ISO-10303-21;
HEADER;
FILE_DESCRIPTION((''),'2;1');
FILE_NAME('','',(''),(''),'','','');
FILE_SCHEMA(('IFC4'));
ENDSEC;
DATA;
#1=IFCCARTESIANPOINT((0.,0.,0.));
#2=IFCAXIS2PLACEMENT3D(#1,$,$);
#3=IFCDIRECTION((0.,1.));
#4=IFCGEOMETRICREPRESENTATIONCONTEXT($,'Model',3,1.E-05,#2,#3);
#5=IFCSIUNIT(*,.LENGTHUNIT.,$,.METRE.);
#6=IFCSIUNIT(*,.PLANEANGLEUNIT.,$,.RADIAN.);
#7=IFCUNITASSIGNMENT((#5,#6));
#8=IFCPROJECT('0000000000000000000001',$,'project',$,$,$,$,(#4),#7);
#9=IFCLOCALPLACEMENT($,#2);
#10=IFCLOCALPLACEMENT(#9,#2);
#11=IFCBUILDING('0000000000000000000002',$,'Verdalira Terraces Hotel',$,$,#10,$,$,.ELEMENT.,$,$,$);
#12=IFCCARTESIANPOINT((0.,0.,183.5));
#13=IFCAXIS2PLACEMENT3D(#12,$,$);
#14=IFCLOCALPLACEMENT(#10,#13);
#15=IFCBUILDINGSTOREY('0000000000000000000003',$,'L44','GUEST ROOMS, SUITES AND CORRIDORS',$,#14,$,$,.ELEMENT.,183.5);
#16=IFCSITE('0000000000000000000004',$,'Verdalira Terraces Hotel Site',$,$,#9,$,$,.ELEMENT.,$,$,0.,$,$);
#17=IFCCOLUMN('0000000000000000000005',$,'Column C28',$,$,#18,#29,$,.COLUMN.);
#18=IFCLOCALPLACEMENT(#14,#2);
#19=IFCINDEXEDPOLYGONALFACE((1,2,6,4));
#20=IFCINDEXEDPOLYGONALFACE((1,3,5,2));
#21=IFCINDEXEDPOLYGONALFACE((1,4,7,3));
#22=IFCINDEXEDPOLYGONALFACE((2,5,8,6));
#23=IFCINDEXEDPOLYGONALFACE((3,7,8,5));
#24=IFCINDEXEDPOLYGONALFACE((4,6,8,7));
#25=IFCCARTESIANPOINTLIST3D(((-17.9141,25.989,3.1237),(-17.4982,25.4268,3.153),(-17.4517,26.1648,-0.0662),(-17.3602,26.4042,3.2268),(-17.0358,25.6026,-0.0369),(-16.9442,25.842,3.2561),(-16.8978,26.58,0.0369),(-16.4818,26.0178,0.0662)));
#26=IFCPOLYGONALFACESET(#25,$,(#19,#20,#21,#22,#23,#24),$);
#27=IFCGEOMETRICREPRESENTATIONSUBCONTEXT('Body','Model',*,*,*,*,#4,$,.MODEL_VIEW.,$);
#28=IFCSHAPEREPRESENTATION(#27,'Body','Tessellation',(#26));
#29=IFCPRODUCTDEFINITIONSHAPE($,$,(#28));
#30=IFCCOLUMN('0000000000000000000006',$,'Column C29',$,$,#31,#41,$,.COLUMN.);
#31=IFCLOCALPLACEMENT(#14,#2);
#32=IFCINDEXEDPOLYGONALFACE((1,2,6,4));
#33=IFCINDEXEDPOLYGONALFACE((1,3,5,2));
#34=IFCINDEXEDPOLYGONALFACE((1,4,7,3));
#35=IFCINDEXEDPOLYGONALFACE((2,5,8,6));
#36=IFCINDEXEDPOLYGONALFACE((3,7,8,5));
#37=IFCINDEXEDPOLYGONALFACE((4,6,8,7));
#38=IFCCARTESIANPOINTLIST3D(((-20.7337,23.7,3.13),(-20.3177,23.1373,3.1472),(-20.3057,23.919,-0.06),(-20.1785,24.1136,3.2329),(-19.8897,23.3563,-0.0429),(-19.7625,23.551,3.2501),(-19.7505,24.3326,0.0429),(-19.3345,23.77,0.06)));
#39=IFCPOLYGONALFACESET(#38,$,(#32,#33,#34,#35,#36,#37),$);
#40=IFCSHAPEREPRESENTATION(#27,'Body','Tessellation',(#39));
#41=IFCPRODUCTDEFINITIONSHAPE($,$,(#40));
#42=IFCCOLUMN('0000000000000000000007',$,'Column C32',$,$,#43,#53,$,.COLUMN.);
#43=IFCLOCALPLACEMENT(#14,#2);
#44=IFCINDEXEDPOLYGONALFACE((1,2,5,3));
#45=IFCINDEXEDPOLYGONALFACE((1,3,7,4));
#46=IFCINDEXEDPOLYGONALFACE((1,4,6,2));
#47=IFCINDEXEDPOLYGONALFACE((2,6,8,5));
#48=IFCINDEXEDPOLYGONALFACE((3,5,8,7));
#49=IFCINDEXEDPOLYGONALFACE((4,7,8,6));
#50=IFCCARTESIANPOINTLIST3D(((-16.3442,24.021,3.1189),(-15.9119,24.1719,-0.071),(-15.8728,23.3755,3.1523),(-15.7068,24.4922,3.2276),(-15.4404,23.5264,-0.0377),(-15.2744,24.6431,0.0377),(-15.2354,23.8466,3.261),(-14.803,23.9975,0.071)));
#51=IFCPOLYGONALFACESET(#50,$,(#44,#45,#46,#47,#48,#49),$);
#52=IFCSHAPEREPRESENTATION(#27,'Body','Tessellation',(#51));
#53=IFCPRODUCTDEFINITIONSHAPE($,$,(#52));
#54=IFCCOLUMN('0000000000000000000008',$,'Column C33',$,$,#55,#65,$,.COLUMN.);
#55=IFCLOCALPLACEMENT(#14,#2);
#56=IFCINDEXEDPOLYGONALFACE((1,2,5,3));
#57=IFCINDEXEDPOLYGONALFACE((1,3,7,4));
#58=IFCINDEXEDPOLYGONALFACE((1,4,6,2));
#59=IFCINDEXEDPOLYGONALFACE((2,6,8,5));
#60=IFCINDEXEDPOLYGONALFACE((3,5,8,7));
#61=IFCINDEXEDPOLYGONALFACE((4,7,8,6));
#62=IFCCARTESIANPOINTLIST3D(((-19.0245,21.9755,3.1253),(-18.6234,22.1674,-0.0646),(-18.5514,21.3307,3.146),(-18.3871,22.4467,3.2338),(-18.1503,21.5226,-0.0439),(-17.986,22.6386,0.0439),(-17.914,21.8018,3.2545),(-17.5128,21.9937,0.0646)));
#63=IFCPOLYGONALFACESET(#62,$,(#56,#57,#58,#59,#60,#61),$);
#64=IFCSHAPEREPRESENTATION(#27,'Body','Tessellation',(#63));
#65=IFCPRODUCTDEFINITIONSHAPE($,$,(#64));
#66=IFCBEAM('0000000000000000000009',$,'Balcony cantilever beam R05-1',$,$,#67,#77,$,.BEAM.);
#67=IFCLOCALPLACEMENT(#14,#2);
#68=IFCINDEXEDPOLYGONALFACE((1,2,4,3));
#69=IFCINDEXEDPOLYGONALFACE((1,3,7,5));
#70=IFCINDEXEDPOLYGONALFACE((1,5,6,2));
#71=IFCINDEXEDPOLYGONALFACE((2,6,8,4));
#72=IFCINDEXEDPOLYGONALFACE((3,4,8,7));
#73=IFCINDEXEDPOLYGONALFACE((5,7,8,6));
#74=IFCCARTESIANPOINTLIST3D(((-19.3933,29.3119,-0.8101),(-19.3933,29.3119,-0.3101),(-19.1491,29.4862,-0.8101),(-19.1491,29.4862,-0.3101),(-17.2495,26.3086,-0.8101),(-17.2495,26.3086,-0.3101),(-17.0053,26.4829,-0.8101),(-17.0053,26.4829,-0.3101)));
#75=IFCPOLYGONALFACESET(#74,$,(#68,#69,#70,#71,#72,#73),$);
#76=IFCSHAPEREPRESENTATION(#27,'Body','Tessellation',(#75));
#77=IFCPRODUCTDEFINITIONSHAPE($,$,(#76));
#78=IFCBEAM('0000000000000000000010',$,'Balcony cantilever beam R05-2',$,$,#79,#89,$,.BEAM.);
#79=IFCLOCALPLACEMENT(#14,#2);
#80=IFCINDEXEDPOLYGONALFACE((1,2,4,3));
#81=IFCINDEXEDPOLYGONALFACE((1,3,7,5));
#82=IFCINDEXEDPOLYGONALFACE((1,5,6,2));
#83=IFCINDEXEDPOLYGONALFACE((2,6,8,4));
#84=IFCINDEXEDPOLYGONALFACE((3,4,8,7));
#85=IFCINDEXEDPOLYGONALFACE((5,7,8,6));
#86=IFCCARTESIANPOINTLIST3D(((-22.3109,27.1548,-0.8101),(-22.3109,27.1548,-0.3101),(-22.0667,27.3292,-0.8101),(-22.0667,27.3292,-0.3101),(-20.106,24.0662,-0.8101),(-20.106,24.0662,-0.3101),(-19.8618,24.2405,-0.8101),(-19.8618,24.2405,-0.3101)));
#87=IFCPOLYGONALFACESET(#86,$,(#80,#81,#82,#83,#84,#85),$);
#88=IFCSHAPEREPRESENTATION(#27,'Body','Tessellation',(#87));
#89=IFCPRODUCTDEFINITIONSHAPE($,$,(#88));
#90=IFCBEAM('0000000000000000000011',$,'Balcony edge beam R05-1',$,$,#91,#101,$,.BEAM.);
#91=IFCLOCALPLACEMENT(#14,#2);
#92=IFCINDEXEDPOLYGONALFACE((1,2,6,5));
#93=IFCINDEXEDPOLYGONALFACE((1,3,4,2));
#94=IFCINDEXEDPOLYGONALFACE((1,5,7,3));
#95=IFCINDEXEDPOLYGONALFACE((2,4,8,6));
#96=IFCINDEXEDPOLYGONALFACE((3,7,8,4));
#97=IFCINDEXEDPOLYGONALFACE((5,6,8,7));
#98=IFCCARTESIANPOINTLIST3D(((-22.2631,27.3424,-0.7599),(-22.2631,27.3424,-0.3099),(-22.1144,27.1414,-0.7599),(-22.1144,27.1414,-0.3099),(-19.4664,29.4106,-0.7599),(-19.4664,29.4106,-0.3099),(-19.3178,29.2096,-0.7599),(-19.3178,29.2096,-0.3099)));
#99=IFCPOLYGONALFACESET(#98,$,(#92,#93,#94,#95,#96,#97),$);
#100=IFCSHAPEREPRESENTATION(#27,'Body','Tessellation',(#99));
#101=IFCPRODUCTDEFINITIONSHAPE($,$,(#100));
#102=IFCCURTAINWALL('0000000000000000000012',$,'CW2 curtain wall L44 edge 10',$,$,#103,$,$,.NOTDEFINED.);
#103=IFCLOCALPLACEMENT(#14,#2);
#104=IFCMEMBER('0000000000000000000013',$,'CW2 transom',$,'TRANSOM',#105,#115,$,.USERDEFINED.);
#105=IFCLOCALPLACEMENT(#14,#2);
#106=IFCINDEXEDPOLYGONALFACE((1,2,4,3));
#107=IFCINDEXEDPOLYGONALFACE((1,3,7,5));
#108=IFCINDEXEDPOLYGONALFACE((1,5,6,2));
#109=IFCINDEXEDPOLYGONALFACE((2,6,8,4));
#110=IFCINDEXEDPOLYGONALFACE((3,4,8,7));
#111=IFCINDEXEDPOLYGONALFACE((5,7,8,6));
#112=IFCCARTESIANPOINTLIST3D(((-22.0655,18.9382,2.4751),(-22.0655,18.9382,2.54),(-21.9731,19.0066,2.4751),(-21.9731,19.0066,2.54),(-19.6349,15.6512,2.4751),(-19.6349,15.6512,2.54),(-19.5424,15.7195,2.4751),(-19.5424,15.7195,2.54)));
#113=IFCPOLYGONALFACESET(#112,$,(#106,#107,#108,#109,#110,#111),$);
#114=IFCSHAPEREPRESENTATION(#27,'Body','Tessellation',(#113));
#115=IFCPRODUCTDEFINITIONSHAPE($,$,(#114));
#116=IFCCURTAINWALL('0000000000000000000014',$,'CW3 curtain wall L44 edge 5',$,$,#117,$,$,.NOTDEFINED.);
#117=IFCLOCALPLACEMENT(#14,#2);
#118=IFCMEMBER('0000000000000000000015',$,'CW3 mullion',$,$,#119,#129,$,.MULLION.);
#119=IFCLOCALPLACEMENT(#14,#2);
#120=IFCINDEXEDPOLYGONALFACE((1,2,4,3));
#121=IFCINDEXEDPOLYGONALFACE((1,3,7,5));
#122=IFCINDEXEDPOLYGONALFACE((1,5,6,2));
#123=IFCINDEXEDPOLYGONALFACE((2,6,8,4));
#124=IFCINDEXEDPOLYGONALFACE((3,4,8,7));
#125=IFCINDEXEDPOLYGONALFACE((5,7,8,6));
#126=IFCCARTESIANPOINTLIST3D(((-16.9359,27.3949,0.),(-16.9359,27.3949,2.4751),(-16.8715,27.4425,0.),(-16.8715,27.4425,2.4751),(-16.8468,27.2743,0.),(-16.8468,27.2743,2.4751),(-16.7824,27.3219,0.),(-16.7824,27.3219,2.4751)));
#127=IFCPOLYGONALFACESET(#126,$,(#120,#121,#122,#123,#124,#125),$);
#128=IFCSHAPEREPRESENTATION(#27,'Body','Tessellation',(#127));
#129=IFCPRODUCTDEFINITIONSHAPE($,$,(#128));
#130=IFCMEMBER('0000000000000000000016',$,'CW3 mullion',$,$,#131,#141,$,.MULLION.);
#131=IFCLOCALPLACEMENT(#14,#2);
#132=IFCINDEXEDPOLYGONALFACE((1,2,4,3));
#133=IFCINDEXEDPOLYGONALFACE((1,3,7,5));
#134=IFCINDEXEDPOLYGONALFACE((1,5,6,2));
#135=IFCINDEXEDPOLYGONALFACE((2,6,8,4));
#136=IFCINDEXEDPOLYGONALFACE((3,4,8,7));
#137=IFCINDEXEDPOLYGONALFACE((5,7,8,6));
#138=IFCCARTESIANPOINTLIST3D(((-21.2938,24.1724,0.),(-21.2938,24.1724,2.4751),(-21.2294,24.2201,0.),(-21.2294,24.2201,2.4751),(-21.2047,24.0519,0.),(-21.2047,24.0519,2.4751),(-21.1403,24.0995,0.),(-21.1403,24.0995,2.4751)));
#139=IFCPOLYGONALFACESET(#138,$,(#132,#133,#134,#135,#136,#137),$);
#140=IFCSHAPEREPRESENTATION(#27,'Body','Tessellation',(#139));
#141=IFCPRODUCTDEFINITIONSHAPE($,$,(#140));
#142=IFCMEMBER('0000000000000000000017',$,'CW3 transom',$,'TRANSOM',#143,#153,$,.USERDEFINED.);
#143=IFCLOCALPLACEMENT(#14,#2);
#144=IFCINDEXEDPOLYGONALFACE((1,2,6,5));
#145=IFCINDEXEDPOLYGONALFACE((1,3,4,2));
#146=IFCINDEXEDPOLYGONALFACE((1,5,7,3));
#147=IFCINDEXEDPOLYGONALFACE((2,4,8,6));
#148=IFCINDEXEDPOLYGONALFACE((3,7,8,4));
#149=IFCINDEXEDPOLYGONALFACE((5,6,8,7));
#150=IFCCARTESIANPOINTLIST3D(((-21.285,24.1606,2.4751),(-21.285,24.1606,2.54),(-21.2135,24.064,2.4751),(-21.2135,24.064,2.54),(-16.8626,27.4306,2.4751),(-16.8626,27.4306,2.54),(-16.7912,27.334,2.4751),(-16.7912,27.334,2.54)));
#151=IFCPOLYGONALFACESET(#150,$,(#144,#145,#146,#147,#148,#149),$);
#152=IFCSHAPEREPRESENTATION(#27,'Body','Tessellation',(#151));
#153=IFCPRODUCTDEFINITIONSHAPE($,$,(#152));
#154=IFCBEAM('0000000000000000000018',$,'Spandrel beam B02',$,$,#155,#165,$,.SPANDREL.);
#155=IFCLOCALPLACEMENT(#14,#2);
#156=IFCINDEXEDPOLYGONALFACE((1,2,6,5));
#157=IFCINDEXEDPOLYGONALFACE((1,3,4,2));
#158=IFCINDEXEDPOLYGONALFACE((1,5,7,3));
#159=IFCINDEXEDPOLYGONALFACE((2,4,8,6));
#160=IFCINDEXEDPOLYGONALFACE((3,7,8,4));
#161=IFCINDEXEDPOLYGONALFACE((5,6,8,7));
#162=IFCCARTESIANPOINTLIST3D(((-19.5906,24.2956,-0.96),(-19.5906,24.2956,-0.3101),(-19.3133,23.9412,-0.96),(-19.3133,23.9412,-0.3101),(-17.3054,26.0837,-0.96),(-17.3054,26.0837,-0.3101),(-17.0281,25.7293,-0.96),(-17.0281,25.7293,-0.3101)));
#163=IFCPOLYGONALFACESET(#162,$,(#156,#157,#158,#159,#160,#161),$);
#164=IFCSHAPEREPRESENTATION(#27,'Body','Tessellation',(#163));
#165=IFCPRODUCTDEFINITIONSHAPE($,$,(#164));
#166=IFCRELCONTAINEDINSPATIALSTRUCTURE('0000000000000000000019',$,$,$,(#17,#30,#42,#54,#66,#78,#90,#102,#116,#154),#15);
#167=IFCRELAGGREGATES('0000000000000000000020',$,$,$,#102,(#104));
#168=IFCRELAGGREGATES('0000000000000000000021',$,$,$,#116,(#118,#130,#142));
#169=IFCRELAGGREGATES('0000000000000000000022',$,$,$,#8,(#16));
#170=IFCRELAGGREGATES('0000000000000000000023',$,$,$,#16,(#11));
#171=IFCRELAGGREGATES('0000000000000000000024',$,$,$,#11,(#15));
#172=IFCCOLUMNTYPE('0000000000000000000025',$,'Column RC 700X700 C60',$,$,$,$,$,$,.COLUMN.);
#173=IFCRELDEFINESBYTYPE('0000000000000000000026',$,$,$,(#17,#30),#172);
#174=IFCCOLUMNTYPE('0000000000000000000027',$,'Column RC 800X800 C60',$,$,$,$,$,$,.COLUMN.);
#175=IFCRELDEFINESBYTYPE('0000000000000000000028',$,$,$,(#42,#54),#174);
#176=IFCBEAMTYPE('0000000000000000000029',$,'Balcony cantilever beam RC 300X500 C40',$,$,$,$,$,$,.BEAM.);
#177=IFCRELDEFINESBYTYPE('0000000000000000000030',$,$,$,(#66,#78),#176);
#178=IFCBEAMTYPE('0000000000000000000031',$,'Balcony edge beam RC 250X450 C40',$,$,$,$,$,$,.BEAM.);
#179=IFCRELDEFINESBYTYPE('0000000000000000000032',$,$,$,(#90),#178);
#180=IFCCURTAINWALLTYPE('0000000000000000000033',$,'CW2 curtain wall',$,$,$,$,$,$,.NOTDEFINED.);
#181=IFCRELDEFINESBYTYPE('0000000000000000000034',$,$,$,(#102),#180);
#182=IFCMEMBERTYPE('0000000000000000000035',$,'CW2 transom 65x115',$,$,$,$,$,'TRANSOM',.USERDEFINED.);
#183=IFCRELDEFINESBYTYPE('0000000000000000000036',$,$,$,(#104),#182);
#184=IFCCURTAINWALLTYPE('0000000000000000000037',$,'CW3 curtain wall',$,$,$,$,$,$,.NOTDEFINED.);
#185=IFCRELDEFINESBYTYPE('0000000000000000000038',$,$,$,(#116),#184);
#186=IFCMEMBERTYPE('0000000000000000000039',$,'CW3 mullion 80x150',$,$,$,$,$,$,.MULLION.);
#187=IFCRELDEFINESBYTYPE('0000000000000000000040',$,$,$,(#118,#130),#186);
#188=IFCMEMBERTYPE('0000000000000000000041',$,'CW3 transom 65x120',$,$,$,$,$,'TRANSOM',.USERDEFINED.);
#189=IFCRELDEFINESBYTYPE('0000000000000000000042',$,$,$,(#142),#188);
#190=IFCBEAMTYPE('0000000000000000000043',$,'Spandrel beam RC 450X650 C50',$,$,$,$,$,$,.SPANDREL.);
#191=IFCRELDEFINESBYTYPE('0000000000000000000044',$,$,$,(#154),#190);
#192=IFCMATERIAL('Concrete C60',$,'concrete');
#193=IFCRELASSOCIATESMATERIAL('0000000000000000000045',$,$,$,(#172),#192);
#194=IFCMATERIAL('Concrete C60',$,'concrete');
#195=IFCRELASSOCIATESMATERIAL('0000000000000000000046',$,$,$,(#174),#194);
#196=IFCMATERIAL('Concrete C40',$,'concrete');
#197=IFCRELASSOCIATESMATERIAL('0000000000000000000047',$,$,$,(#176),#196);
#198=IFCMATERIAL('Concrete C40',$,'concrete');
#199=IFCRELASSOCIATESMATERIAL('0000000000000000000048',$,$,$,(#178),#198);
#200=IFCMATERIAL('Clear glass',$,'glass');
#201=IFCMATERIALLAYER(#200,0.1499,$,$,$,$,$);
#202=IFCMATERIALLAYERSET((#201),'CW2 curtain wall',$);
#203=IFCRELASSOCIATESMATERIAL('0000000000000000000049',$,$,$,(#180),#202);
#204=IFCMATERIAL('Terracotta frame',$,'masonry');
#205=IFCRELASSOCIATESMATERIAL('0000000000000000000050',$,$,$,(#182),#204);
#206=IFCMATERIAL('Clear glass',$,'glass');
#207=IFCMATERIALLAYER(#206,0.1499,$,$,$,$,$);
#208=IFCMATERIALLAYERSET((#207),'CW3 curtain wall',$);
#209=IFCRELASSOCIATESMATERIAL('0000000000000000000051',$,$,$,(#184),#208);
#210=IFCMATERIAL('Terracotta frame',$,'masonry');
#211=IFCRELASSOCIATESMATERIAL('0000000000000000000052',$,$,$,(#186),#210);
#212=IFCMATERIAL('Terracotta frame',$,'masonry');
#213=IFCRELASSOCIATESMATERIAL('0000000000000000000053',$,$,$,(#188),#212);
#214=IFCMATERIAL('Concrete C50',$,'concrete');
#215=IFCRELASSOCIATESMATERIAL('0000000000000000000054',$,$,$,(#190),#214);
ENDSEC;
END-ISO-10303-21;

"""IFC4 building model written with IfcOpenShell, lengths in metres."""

from ifc_helpers import new_model, si_unit, direction, frame, origin, origin_2d, place, context, subcontext, project, spatial, rectangle, extrude, material, layer, layer_set, material_profile, profile_set, type_object, element, aggregate, save


model = new_model("IFC4")

# Units and contexts
model_context = context("Model", 3, precision=1e-05, world=origin(), true_north=direction((0.0, 1.0)))
body_context = subcontext(model_context, "Body", "Model", "MODEL_VIEW")
ifc_project = project(units=[si_unit("LENGTHUNIT", "METRE"), si_unit("PLANEANGLEUNIT", "RADIAN")], contexts=[model_context])

# Site, building, storey
site_placement = place(None, origin())
site = spatial("IfcSite", under=ifc_project, at=site_placement, Name="Verdalira Terraces Hotel Site", CompositionType="ELEMENT", RefElevation=0.0)
building_placement = place(site_placement, origin())
building = spatial("IfcBuilding", under=site, at=building_placement, Name="Verdalira Terraces Hotel", CompositionType="ELEMENT")
storey_placement = place(building_placement, frame((0.0, 0.0, 183.5)))
storey = spatial("IfcBuildingStorey", under=building, at=storey_placement, Name="L44", Description="GUEST ROOMS, SUITES AND CORRIDORS", CompositionType="ELEMENT", Elevation=183.5)

# Columns
ifc_material_1 = material(Name="Concrete C60", Category="concrete")
ifc_material_profile_1 = material_profile(ifc_material_1, rectangle(XDim=0.7, YDim=0.7, at=origin_2d()), Name="RC 700X700")
ifc_profile_set_1 = profile_set([ifc_material_profile_1], Name="Concrete C60")
column_type_1 = type_object("IfcColumnType", Name="Column RC 700X700 C60", PredefinedType="COLUMN", material=ifc_profile_set_1)
column_1_placement = place(storey_placement, frame((-16.9668, 26.0913, 0.0), z_axis=(-0.143244, -0.054454, 0.988188), x_axis=(-0.791436, -0.593211, -0.147412)))
element("IfcColumn", 1, at=column_1_placement, inside=storey, type_object=column_type_1, Name="Column C28", PredefinedType="COLUMN", context=body_context, shape_type="SweptSolid", body=[
    extrude(rectangle(XDim=0.7, YDim=0.7, at=origin_2d()), origin(), (0.0, 0.0, 1.0), 3.228),
])
column_2_placement = place(storey_placement, frame((-19.8201, 23.8445, 0.0), z_axis=(-0.132667, -0.067885, 0.988833), x_axis=(-0.793212, -0.590938, -0.14699)))
element("IfcColumn", 2, at=column_2_placement, inside=storey, type_object=column_type_1, Name="Column C29", PredefinedType="COLUMN", context=body_context, shape_type="SweptSolid", body=[
    extrude(rectangle(XDim=0.7, YDim=0.7, at=origin_2d()), origin(), (0.0, 0.0, 1.0), 3.2261),
])
ifc_material_2 = material(Name="Concrete C60", Category="concrete")
ifc_material_profile_2 = material_profile(ifc_material_2, rectangle(XDim=0.8, YDim=0.8, at=origin_2d()), Name="RC 800X800")
ifc_profile_set_2 = profile_set([ifc_material_profile_2], Name="Concrete C60")
column_type_2 = type_object("IfcColumnType", Name="Column RC 800X800 C60", PredefinedType="COLUMN", material=ifc_profile_set_2)
column_3_placement = place(storey_placement, frame((-15.3574, 24.0847, 0.0), z_axis=(-0.134167, -0.046818, 0.989852), x_axis=(-0.58928, 0.806852, -0.04171)))
element("IfcColumn", 3, at=column_3_placement, inside=storey, type_object=column_type_2, Name="Column C32", PredefinedType="COLUMN", context=body_context, shape_type="SweptSolid", body=[
    extrude(rectangle(XDim=0.8, YDim=0.8, at=origin_2d()), origin(), (0.0, 0.0, 1.0), 3.2227),
])
column_4_placement = place(storey_placement, frame((-18.0681, 22.0806, 0.0), z_axis=(-0.124542, -0.05958, 0.990424), x_axis=(-0.591358, 0.805994, -0.025876)))
element("IfcColumn", 4, at=column_4_placement, inside=storey, type_object=column_type_2, Name="Column C33", PredefinedType="COLUMN", context=body_context, shape_type="SweptSolid", body=[
    extrude(rectangle(XDim=0.8, YDim=0.8, at=origin_2d()), origin(), (0.0, 0.0, 1.0), 3.2207),
])

# Beams
ifc_material_3 = material(Name="Concrete C40", Category="concrete")
ifc_material_profile_3 = material_profile(ifc_material_3, rectangle(XDim=0.3, YDim=0.5, at=origin_2d()), Name="RC 300X500")
ifc_profile_set_3 = profile_set([ifc_material_profile_3], Name="Concrete C40")
beam_type_1 = type_object("IfcBeamType", Name="Balcony cantilever beam RC 300X500 C40", PredefinedType="BEAM", material=ifc_profile_set_3)
beam_1_placement = place(storey_placement, frame((-17.1274, 26.3958, -0.5601), z_axis=(-0.580969, 0.813926, 0.0), x_axis=(-0.813926, -0.580969, 0.0)))
element("IfcBeam", 5, at=beam_1_placement, inside=storey, type_object=beam_type_1, Name="Balcony cantilever beam R05-1", PredefinedType="BEAM", context=body_context, shape_type="SweptSolid", body=[
    extrude(rectangle(XDim=0.3, YDim=0.5, at=origin_2d()), origin(), (0.0, 0.0, 1.0), 3.6899),
])
beam_2_placement = place(storey_placement, frame((-19.9839, 24.1533, -0.5601), z_axis=(-0.581007, 0.813899, 0.0), x_axis=(-0.813899, -0.581007, 0.0)))
element("IfcBeam", 6, at=beam_2_placement, inside=storey, type_object=beam_type_1, Name="Balcony cantilever beam R05-2", PredefinedType="BEAM", context=body_context, shape_type="SweptSolid", body=[
    extrude(rectangle(XDim=0.3, YDim=0.5, at=origin_2d()), origin(), (0.0, 0.0, 1.0), 3.7949),
])
ifc_material_4 = material(Name="Concrete C40", Category="concrete")
ifc_material_profile_4 = material_profile(ifc_material_4, rectangle(XDim=0.25, YDim=0.45, at=origin_2d()), Name="RC 250X450")
ifc_profile_set_4 = profile_set([ifc_material_profile_4], Name="Concrete C40")
beam_type_2 = type_object("IfcBeamType", Name="Balcony edge beam RC 250X450 C40", PredefinedType="BEAM", material=ifc_profile_set_4)
beam_3_placement = place(storey_placement, frame((-19.3921, 29.3101, -0.5349), z_axis=(-0.804033, -0.594584, 0.0), x_axis=(0.594584, -0.804033, 0.0)))
element("IfcBeam", 7, at=beam_3_placement, inside=storey, type_object=beam_type_2, Name="Balcony edge beam R05-1", PredefinedType="BEAM", context=body_context, shape_type="SweptSolid", body=[
    extrude(rectangle(XDim=0.25, YDim=0.45, at=origin_2d()), origin(), (0.0, 0.0, 1.0), 3.4783),
])

# Curtain wall, member
ifc_material_5 = material(Name="Clear glass", Category="glass")
ifc_layer_1 = layer(ifc_material_5, 0.1499)
ifc_layer_set_1 = layer_set([ifc_layer_1], Name="CW2 curtain wall")
curtain_wall_type_1 = type_object("IfcCurtainWallType", Name="CW2 curtain wall", PredefinedType="NOTDEFINED", material=ifc_layer_set_1)
curtain_wall_1_placement = place(storey_placement, origin())
curtain_wall_1 = element("IfcCurtainWall", 8, at=curtain_wall_1_placement, inside=storey, type_object=curtain_wall_type_1, Name="CW2 curtain wall L44 edge 10", PredefinedType="NOTDEFINED")
ifc_material_6 = material(Name="Terracotta frame", Category="masonry")
ifc_material_profile_5 = material_profile(ifc_material_6, rectangle(XDim=0.115, YDim=0.0649, at=origin_2d()), Name="TR 65x115")
ifc_profile_set_5 = profile_set([ifc_material_profile_5], Name="Terracotta frame")
member_type_1 = type_object("IfcMemberType", Name="CW2 transom 65x115", ElementType="TRANSOM", PredefinedType="USERDEFINED", material=ifc_profile_set_5)
member_1_placement = place(storey_placement, frame((-22.0193, 18.9724, 2.5076), z_axis=(0.594559, -0.804052, 0.0), x_axis=(0.804052, 0.594559, 0.0)))
member_1 = element("IfcMember", 9, at=member_1_placement, type_object=member_type_1, Name="CW2 transom", ObjectType="TRANSOM", PredefinedType="USERDEFINED", context=body_context, shape_type="SweptSolid", body=[
    extrude(rectangle(XDim=0.115, YDim=0.0649, at=origin_2d()), origin(), (0.0, 0.0, 1.0), 4.0881),
])
aggregate(curtain_wall_1, [member_1])

# Curtain wall, members
ifc_material_7 = material(Name="Clear glass", Category="glass")
ifc_layer_2 = layer(ifc_material_7, 0.1499)
ifc_layer_set_2 = layer_set([ifc_layer_2], Name="CW3 curtain wall")
curtain_wall_type_2 = type_object("IfcCurtainWallType", Name="CW3 curtain wall", PredefinedType="NOTDEFINED", material=ifc_layer_set_2)
curtain_wall_2_placement = place(storey_placement, origin())
curtain_wall_2 = element("IfcCurtainWall", 10, at=curtain_wall_2_placement, inside=storey, type_object=curtain_wall_type_2, Name="CW3 curtain wall L44 edge 5", PredefinedType="NOTDEFINED")
ifc_material_8 = material(Name="Terracotta frame", Category="masonry")
ifc_material_profile_6 = material_profile(ifc_material_8, rectangle(XDim=0.0801, YDim=0.1499, at=origin_2d()), Name="MU 80x150")
ifc_profile_set_6 = profile_set([ifc_material_profile_6], Name="Terracotta frame")
member_type_2 = type_object("IfcMemberType", Name="CW3 mullion 80x150", PredefinedType="MULLION", material=ifc_profile_set_6)
member_2_placement = place(storey_placement, frame((-16.8591, 27.3584, 0.0), z_axis=(0.0, 0.0, 1.0), x_axis=(-0.804064, -0.594542, 0.0)))
member_2 = element("IfcMember", 11, at=member_2_placement, type_object=member_type_2, Name="CW3 mullion", PredefinedType="MULLION", context=body_context, shape_type="SweptSolid", body=[
    extrude(rectangle(XDim=0.0801, YDim=0.1499, at=origin_2d()), origin(), (0.0, 0.0, 1.0), 2.4751),
])
member_3_placement = place(storey_placement, frame((-21.217, 24.136, 0.0), z_axis=(0.0, 0.0, 1.0), x_axis=(-0.804064, -0.594542, 0.0)))
member_3 = element("IfcMember", 12, at=member_3_placement, type_object=member_type_2, Name="CW3 mullion", PredefinedType="MULLION", context=body_context, shape_type="SweptSolid", body=[
    extrude(rectangle(XDim=0.0801, YDim=0.1499, at=origin_2d()), origin(), (0.0, 0.0, 1.0), 2.4751),
])
ifc_material_9 = material(Name="Terracotta frame", Category="masonry")
ifc_material_profile_7 = material_profile(ifc_material_9, rectangle(XDim=0.1201, YDim=0.0649, at=origin_2d()), Name="TR 65x120")
ifc_profile_set_7 = profile_set([ifc_material_profile_7], Name="Terracotta frame")
member_type_3 = type_object("IfcMemberType", Name="CW3 transom 65x120", ElementType="TRANSOM", PredefinedType="USERDEFINED", material=ifc_profile_set_7)
member_4_placement = place(storey_placement, frame((-16.8269, 27.3823, 2.5076), z_axis=(-0.804062, -0.594546, 0.0), x_axis=(0.594546, -0.804062, 0.0)))
member_4 = element("IfcMember", 13, at=member_4_placement, type_object=member_type_3, Name="CW3 transom", ObjectType="TRANSOM", PredefinedType="USERDEFINED", context=body_context, shape_type="SweptSolid", body=[
    extrude(rectangle(XDim=0.1201, YDim=0.0649, at=origin_2d()), origin(), (0.0, 0.0, 1.0), 5.5),
])

# Beam
ifc_material_10 = material(Name="Concrete C50", Category="concrete")
ifc_material_profile_8 = material_profile(ifc_material_10, rectangle(XDim=0.45, YDim=0.6499, at=origin_2d()), Name="RC 450X650")
ifc_profile_set_8 = profile_set([ifc_material_profile_8], Name="Concrete C50")
beam_type_3 = type_object("IfcBeamType", Name="Spandrel beam RC 450X650 C50", PredefinedType="SPANDREL", material=ifc_profile_set_8)
beam_4_placement = place(storey_placement, frame((-17.1667, 25.9065, -0.635), z_axis=(-0.787555, -0.616245, 0.0), x_axis=(0.616245, -0.787555, 0.0)))
element("IfcBeam", 14, at=beam_4_placement, inside=storey, type_object=beam_type_3, Name="Spandrel beam B02", PredefinedType="SPANDREL", context=body_context, shape_type="SweptSolid", body=[
    extrude(rectangle(XDim=0.45, YDim=0.6499, at=origin_2d()), origin(), (0.0, 0.0, 1.0), 2.9016),
])

aggregate(curtain_wall_2, [member_2, member_3, member_4])

save(model, "model.ifc")
